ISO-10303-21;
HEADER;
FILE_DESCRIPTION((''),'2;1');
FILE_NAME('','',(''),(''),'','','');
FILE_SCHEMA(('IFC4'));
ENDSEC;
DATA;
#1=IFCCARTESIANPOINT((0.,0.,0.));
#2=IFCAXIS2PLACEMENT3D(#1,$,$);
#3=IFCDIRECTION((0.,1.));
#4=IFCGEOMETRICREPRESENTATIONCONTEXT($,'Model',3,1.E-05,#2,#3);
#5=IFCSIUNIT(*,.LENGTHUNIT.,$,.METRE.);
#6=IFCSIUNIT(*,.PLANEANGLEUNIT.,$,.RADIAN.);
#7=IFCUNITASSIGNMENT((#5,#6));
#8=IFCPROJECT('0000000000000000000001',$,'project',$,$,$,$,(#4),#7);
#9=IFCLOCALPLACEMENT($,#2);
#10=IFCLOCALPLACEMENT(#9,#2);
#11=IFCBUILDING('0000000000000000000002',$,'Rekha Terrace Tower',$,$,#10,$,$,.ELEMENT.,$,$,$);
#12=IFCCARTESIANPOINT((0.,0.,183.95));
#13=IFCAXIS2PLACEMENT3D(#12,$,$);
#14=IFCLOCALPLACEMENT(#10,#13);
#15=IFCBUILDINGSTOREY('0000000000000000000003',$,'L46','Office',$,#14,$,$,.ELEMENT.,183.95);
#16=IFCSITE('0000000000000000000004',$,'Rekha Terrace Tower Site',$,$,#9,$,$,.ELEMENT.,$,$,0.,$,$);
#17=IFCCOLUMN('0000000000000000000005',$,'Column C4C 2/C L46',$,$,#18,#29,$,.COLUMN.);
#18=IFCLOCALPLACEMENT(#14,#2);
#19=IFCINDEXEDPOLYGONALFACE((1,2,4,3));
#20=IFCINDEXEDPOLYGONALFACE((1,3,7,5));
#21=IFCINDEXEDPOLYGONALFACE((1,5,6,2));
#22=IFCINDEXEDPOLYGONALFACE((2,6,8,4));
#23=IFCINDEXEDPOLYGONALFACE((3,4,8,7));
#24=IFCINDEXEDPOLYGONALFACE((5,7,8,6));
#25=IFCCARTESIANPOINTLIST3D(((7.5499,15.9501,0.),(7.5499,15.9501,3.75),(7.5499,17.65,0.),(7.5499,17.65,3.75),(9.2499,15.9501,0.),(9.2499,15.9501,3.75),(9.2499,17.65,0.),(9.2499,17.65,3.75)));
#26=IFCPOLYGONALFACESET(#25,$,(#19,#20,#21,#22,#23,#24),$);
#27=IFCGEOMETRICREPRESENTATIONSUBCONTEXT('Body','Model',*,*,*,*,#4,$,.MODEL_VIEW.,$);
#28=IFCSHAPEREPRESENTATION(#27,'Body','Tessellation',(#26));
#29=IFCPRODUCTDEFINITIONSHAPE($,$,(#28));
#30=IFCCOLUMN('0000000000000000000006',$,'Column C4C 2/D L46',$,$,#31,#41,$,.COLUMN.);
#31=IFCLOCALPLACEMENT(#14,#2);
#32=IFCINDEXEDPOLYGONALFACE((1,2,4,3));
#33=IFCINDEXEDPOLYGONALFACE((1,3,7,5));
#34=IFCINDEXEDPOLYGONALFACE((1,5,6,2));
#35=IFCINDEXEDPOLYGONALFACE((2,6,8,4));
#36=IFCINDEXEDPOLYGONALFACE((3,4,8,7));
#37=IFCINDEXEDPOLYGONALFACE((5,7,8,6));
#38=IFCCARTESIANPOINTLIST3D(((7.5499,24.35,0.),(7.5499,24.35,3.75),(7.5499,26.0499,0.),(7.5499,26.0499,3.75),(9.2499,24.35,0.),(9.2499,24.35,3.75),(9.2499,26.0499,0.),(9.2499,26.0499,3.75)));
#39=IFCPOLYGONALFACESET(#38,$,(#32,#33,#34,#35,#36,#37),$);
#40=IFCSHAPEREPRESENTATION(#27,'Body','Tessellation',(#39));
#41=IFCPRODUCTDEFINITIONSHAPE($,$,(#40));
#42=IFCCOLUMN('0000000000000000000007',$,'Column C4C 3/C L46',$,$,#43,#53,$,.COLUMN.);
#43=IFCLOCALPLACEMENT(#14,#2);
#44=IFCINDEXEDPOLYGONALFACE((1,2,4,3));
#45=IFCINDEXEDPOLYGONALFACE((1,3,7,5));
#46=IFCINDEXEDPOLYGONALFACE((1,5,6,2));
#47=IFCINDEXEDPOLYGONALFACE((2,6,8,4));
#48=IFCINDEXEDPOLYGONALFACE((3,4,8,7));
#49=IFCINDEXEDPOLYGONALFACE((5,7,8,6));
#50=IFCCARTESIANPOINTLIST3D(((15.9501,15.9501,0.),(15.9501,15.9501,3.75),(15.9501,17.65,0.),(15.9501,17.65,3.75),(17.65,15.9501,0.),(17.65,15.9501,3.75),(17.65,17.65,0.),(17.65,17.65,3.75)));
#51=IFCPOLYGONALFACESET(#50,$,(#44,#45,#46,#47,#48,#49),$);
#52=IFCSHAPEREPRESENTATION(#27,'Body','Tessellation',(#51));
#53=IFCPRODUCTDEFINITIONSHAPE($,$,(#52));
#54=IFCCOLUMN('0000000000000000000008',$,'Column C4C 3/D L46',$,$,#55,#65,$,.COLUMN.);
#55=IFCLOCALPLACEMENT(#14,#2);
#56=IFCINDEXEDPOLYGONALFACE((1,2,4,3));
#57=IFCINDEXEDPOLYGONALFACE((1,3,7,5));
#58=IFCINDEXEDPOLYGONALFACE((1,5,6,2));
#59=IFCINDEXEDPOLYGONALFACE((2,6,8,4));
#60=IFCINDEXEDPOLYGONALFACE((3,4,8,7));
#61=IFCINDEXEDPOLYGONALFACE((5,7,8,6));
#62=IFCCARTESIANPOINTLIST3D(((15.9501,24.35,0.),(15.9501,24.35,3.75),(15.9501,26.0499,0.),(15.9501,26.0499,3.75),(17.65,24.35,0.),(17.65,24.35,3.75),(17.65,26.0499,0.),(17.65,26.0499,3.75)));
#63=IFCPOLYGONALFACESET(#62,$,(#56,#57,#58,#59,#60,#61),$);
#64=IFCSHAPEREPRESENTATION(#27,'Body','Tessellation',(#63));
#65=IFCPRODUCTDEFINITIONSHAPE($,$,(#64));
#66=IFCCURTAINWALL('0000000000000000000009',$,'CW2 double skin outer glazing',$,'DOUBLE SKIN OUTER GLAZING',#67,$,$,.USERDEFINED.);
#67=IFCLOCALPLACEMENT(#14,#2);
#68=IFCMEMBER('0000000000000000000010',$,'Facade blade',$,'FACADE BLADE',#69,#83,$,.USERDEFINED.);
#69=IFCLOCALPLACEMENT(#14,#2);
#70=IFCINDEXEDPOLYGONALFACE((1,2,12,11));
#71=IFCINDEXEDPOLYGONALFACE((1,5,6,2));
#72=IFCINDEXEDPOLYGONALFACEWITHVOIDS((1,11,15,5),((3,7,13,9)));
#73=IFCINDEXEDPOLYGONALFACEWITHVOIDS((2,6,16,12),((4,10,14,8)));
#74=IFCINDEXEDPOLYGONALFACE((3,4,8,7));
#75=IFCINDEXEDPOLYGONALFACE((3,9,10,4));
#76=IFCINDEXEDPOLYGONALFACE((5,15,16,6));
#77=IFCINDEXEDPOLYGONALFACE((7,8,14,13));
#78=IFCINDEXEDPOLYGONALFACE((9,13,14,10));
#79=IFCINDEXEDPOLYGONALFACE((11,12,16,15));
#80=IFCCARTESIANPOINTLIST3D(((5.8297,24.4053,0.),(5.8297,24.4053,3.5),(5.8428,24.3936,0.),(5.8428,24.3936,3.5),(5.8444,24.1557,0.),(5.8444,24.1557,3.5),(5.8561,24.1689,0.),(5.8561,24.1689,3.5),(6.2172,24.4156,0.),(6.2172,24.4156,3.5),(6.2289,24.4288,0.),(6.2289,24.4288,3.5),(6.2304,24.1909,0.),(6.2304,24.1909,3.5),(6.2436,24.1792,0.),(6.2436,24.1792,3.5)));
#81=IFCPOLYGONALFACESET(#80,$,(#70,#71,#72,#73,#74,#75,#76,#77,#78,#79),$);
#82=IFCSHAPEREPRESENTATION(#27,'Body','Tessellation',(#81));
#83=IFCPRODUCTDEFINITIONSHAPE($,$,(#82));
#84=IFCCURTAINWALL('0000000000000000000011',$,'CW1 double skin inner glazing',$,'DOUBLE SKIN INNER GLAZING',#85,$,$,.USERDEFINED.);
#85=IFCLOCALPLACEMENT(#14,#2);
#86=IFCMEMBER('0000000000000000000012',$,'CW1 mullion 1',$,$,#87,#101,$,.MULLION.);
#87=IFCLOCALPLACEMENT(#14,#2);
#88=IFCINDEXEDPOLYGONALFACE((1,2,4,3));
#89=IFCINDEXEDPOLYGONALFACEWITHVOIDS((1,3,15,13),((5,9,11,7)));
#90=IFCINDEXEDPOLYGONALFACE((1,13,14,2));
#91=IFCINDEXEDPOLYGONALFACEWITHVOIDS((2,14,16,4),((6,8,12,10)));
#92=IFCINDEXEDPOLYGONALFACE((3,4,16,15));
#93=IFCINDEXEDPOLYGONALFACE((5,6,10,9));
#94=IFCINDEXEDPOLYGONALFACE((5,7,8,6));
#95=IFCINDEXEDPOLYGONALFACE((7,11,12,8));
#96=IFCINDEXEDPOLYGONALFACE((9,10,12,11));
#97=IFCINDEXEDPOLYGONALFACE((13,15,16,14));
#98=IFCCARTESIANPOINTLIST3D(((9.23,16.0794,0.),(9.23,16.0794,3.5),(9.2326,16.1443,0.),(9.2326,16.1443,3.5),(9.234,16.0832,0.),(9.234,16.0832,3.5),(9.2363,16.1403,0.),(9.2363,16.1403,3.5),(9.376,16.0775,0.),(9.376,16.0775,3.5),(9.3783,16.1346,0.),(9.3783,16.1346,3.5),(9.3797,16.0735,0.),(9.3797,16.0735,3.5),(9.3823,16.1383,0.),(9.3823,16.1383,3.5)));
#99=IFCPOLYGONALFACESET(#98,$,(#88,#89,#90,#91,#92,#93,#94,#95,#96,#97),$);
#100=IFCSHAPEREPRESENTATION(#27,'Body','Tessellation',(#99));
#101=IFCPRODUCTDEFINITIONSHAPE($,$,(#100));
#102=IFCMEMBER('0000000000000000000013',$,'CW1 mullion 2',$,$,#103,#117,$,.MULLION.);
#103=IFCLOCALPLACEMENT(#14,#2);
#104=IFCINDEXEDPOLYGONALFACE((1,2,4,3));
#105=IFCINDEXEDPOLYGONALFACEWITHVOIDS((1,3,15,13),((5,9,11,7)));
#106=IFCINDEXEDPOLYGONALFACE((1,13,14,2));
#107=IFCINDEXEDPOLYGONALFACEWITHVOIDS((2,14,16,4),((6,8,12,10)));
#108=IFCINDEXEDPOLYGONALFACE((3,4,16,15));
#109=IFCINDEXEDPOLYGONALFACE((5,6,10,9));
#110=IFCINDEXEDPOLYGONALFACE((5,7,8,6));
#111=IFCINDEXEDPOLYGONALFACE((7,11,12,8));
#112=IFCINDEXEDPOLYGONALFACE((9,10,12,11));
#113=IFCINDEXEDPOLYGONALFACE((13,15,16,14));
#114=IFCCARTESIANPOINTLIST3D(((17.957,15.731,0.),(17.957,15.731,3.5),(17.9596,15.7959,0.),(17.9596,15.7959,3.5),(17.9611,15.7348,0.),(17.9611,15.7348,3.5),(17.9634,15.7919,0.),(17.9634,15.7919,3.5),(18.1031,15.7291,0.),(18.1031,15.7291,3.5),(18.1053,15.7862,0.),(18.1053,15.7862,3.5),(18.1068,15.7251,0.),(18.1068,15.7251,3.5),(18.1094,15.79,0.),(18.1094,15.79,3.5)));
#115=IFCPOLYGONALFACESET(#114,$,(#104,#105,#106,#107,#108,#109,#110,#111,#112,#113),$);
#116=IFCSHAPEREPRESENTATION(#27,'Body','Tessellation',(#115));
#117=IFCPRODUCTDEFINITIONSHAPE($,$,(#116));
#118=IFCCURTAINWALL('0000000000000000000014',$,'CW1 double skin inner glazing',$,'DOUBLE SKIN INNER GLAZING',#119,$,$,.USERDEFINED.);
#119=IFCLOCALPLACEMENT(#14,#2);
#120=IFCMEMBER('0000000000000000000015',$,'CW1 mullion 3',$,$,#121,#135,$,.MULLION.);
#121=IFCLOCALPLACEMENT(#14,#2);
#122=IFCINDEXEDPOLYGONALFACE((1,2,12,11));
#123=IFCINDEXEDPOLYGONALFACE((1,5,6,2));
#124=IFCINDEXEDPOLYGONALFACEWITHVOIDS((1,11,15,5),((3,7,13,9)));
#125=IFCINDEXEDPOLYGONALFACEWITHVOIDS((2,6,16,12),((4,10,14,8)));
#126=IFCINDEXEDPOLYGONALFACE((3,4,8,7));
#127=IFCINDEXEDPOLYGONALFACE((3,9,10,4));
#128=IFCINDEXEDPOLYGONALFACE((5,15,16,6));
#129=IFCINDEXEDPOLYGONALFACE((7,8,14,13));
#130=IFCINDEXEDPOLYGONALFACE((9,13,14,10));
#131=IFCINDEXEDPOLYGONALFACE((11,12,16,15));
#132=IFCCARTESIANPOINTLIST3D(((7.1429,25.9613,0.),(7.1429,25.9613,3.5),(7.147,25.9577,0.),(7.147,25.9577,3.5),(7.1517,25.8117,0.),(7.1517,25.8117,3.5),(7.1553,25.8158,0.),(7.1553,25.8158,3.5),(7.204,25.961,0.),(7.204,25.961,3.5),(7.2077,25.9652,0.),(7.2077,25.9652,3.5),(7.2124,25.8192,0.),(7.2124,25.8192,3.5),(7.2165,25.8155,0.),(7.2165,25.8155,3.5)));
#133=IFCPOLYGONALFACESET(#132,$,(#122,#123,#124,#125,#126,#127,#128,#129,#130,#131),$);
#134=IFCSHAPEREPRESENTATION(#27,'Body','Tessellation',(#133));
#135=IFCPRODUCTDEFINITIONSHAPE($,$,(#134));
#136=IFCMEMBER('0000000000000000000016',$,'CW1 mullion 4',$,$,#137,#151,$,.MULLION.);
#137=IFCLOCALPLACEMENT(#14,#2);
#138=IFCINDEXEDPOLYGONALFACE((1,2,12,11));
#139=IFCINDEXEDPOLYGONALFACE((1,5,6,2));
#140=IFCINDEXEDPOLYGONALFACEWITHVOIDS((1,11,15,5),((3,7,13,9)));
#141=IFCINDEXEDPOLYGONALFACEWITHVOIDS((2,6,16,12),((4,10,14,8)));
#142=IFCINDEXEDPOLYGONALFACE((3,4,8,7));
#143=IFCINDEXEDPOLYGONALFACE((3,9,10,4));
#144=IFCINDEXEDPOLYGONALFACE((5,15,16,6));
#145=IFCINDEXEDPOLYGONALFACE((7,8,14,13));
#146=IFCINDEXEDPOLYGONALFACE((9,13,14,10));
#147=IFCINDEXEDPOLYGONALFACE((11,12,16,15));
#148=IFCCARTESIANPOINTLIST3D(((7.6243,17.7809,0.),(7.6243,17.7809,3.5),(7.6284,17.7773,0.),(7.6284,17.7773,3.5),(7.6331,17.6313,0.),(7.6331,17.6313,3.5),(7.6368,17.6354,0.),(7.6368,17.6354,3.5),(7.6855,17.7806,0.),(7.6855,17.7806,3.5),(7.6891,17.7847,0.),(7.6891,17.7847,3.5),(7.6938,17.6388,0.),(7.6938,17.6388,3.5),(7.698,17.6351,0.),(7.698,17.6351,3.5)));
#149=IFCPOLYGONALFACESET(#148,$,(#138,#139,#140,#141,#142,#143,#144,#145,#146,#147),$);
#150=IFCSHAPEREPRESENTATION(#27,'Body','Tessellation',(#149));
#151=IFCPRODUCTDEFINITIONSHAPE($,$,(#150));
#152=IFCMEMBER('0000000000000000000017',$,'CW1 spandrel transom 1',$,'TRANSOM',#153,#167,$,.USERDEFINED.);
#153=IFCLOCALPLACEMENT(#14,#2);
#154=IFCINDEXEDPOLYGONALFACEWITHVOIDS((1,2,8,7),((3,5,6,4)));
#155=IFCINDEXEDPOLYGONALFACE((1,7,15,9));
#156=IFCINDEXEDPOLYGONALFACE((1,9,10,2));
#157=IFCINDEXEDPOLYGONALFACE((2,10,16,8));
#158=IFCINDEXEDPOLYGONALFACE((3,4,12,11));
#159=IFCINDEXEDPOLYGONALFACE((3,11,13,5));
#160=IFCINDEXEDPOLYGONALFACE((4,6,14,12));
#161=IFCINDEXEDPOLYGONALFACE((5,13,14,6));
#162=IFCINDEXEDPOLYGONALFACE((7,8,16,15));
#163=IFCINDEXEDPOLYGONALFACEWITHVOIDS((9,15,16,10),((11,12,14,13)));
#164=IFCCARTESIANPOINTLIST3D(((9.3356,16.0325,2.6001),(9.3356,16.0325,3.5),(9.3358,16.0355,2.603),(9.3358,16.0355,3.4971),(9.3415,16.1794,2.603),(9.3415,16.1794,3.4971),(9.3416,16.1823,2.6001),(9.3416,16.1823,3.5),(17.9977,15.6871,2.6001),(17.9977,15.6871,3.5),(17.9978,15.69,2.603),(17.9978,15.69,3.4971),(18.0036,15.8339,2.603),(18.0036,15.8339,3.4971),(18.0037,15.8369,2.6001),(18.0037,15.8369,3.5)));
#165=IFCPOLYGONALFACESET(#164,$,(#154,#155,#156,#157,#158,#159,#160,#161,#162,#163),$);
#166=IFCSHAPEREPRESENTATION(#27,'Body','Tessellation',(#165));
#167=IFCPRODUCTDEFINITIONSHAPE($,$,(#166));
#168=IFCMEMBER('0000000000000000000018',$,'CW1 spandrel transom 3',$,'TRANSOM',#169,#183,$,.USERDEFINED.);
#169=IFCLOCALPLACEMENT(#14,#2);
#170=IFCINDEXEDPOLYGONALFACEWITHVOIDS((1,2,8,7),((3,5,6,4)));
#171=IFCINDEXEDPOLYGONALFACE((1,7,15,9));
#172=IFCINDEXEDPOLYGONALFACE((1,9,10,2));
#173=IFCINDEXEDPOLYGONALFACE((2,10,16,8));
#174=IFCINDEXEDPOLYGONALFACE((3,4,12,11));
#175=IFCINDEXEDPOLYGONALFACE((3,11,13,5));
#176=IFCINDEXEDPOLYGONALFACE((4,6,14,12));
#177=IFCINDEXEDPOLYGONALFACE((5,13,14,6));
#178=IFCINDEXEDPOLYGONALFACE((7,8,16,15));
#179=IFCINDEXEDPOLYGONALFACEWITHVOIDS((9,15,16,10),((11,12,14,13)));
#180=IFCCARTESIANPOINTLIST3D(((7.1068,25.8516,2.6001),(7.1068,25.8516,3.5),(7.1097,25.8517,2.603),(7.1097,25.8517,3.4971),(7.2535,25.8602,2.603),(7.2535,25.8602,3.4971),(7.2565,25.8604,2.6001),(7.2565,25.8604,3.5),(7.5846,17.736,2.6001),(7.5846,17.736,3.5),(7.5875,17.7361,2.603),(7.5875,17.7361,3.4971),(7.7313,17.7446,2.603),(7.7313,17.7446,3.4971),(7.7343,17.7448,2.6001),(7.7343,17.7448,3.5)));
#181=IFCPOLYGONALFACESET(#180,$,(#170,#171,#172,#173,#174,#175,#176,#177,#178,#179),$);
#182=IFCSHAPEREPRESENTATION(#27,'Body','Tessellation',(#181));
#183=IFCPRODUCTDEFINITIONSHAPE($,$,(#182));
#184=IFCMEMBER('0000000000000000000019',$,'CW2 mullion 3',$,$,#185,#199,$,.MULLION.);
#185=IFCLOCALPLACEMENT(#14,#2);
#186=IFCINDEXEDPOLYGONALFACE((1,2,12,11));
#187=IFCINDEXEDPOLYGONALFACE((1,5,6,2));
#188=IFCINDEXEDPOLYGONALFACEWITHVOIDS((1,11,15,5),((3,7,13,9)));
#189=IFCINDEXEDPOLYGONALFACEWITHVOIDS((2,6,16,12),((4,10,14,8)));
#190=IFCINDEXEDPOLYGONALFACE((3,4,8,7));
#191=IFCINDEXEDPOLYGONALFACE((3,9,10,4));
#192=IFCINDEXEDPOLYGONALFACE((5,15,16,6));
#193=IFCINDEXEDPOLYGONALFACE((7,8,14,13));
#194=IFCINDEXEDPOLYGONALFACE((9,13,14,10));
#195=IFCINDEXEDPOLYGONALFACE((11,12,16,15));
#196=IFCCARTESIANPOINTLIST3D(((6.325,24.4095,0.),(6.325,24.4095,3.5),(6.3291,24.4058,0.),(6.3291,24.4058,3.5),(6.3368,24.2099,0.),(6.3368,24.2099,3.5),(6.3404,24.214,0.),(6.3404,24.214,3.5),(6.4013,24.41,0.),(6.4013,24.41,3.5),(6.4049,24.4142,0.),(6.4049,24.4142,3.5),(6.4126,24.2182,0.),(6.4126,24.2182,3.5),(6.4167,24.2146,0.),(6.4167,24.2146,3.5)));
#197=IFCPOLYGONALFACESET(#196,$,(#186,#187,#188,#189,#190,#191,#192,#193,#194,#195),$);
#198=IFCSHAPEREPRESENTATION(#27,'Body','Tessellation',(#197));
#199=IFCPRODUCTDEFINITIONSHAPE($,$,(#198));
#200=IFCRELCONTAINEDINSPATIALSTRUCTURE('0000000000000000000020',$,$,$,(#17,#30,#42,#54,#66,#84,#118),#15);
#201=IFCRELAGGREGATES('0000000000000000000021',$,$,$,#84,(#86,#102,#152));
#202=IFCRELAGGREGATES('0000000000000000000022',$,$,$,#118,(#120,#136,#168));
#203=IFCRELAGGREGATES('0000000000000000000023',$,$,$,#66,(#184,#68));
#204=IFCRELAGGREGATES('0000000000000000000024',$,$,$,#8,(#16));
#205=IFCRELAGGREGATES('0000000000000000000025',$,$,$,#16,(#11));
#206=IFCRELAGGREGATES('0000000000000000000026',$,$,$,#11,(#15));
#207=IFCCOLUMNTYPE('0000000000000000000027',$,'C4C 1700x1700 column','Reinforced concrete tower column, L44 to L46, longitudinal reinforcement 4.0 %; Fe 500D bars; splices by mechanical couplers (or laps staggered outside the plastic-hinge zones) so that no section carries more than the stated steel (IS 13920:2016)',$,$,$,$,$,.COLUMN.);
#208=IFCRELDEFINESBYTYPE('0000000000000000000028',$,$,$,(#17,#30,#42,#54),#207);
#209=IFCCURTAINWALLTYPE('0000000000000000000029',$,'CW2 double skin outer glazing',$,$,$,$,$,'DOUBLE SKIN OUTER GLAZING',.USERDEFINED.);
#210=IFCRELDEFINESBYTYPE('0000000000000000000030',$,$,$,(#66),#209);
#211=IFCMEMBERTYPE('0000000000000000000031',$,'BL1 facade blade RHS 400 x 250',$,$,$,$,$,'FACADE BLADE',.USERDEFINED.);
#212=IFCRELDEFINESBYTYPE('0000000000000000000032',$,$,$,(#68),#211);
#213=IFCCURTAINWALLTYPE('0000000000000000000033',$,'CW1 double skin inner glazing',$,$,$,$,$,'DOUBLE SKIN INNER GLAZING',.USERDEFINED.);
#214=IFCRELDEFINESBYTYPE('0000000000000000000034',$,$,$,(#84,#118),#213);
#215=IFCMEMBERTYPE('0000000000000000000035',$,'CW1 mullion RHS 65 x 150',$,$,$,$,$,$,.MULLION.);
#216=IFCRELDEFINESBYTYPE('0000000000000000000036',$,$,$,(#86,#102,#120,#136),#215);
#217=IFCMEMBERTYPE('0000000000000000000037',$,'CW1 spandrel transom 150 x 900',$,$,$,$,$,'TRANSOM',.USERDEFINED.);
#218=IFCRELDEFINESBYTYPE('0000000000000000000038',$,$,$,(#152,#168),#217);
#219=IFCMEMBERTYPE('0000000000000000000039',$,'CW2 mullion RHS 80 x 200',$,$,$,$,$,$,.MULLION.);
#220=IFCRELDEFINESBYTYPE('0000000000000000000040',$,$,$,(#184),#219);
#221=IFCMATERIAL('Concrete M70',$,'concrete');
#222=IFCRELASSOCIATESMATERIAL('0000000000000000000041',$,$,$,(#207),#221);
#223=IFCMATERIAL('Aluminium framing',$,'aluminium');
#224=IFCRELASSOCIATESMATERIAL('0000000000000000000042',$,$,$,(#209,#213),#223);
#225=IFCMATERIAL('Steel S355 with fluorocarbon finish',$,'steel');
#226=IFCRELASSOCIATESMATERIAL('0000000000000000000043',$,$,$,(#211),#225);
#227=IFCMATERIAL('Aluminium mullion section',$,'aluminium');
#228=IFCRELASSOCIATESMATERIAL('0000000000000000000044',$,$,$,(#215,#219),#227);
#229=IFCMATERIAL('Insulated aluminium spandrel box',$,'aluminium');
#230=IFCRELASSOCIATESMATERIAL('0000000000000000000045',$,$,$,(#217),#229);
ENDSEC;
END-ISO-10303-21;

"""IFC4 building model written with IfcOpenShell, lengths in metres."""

from ifc_helpers import new_model, si_unit, direction, frame, origin, origin_2d, place, context, subcontext, project, spatial, rectangle, hollow_rectangle, extrude, material, material_profile, profile_set, type_object, element, aggregate, save


model = new_model("IFC4")

# Units and contexts
model_context = context("Model", 3, precision=1e-05, world=origin(), true_north=direction((0.0, 1.0)))
body_context = subcontext(model_context, "Body", "Model", "MODEL_VIEW")
ifc_project = project(units=[si_unit("LENGTHUNIT", "METRE"), si_unit("PLANEANGLEUNIT", "RADIAN")], contexts=[model_context])

# Site, building, storey
site_placement = place(None, origin())
site = spatial("IfcSite", under=ifc_project, at=site_placement, Name="Rekha Terrace Tower Site", CompositionType="ELEMENT", RefElevation=0.0)
building_placement = place(site_placement, origin())
building = spatial("IfcBuilding", under=site, at=building_placement, Name="Rekha Terrace Tower", CompositionType="ELEMENT")
storey_placement = place(building_placement, frame((0.0, 0.0, 183.95)))
storey = spatial("IfcBuildingStorey", under=building, at=storey_placement, Name="L46", Description="Office", CompositionType="ELEMENT", Elevation=183.95)

# Columns
ifc_material_1 = material(Name="Concrete M70", Category="concrete")
ifc_material_profile_1 = material_profile(ifc_material_1, rectangle(XDim=1.7, YDim=1.7, at=origin_2d()), Name="RC 1700x1700")
ifc_profile_set_1 = profile_set([ifc_material_profile_1], Name="Concrete M70")
column_type = type_object("IfcColumnType", Name="C4C 1700x1700 column", Description="Reinforced concrete tower column, L44 to L46, longitudinal reinforcement 4.0 %; Fe 500D bars; splices by mechanical couplers (or laps staggered outside the plastic-hinge zones) so that no section carries more than the stated steel (IS 13920:2016)", PredefinedType="COLUMN", material=ifc_profile_set_1)
for number, where, z_axis, x_axis, name in (
    (1, (8.3999, 16.8, 0.0), (0.0, 0.0, 1.0), (1.0, 0.0, 0.0), "Column C4C 2/C L46"),
    (2, (8.3999, 25.2, 0.0), (0.0, 0.0, 1.0), (1.0, 0.0, 0.0), "Column C4C 2/D L46"),
    (3, (16.8, 16.8, 0.0), (0.0, 0.0, 1.0), (1.0, 0.0, 0.0), "Column C4C 3/C L46"),
    (4, (16.8, 25.2, 0.0), (0.0, 0.0, 1.0), (1.0, 0.0, 0.0), "Column C4C 3/D L46"),
):
    element("IfcColumn", number, at=place(storey_placement, frame(where, z_axis=z_axis, x_axis=x_axis)), inside=storey, type_object=column_type, Name=name, PredefinedType="COLUMN", context=body_context, shape_type="SweptSolid", body=[
        extrude(rectangle(XDim=1.7, YDim=1.7, at=origin_2d()), origin(), (0.0, 0.0, 1.0), 3.75),
    ])

# Curtain wall, member
ifc_material_2 = material(Name="Aluminium framing", Category="aluminium")
curtain_wall_type_1 = type_object("IfcCurtainWallType", Name="CW2 double skin outer glazing", ElementType="DOUBLE SKIN OUTER GLAZING", PredefinedType="USERDEFINED", material=ifc_material_2)
curtain_wall_1_placement = place(storey_placement, origin())
curtain_wall_1 = element("IfcCurtainWall", 5, at=curtain_wall_1_placement, inside=storey, type_object=curtain_wall_type_1, Name="CW2 double skin outer glazing", ObjectType="DOUBLE SKIN OUTER GLAZING", PredefinedType="USERDEFINED")
ifc_material_3 = material(Name="Steel S355 with fluorocarbon finish", Category="steel")
ifc_material_profile_2 = material_profile(ifc_material_3, hollow_rectangle(XDim=0.25, YDim=0.3999, WallThickness=0.0125, at=origin_2d()), Name="RHS400x250x12.5")
ifc_profile_set_2 = profile_set([ifc_material_profile_2], Name="Steel S355 with fluorocarbon finish")
member_type_1 = type_object("IfcMemberType", Name="BL1 facade blade RHS 400 x 250", ElementType="FACADE BLADE", PredefinedType="USERDEFINED", material=ifc_profile_set_2)
member_1_placement = place(storey_placement, frame((6.0366, 24.2922, 0.0), z_axis=(0.0, 0.0, 1.0), x_axis=(0.058765, -0.998272, 0.0)))
member_1 = element("IfcMember", 6, at=member_1_placement, type_object=member_type_1, Name="Facade blade", ObjectType="FACADE BLADE", PredefinedType="USERDEFINED", context=body_context, shape_type="SweptSolid", body=[
    extrude(hollow_rectangle(XDim=0.25, YDim=0.3999, WallThickness=0.0125, at=origin_2d()), origin(), (0.0, 0.0, 1.0), 3.5),
])

# Curtain walls, members
curtain_wall_type_2 = type_object("IfcCurtainWallType", Name="CW1 double skin inner glazing", ElementType="DOUBLE SKIN INNER GLAZING", PredefinedType="USERDEFINED", material=ifc_material_2)
curtain_wall_2_placement = place(storey_placement, origin())
curtain_wall_2 = element("IfcCurtainWall", 7, at=curtain_wall_2_placement, inside=storey, type_object=curtain_wall_type_2, Name="CW1 double skin inner glazing", ObjectType="DOUBLE SKIN INNER GLAZING", PredefinedType="USERDEFINED")
ifc_material_4 = material(Name="Aluminium mullion section", Category="aluminium")
ifc_material_profile_3 = material_profile(ifc_material_4, hollow_rectangle(XDim=0.0649, YDim=0.1499, WallThickness=0.0039, at=origin_2d()), Name="AL RHS 65x150")
ifc_profile_set_3 = profile_set([ifc_material_profile_3], Name="Aluminium mullion section")
member_type_2 = type_object("IfcMemberType", Name="CW1 mullion RHS 65 x 150", PredefinedType="MULLION", material=ifc_profile_set_3)
member_2_placement = place(storey_placement, frame((9.3062, 16.1089, 0.0), z_axis=(0.0, 0.0, 1.0), x_axis=(0.039872, 0.999205, 0.0)))
member_2 = element("IfcMember", 8, at=member_2_placement, type_object=member_type_2, Name="CW1 mullion 1", PredefinedType="MULLION", context=body_context, shape_type="SweptSolid", body=[
    extrude(hollow_rectangle(XDim=0.0649, YDim=0.1499, WallThickness=0.0039, at=origin_2d()), origin(), (0.0, 0.0, 1.0), 3.5),
])
member_3_placement = place(storey_placement, frame((18.0332, 15.7605, 0.0), z_axis=(0.0, 0.0, 1.0), x_axis=(0.039872, 0.999205, 0.0)))
member_3 = element("IfcMember", 9, at=member_3_placement, type_object=member_type_2, Name="CW1 mullion 2", PredefinedType="MULLION", context=body_context, shape_type="SweptSolid", body=[
    extrude(hollow_rectangle(XDim=0.0649, YDim=0.1499, WallThickness=0.0039, at=origin_2d()), origin(), (0.0, 0.0, 1.0), 3.5),
])
curtain_wall_3_placement = place(storey_placement, origin())
curtain_wall_3 = element("IfcCurtainWall", 10, at=curtain_wall_3_placement, inside=storey, type_object=curtain_wall_type_2, Name="CW1 double skin inner glazing", ObjectType="DOUBLE SKIN INNER GLAZING", PredefinedType="USERDEFINED")
member_4_placement = place(storey_placement, frame((7.1797, 25.8884, 0.0), z_axis=(0.0, 0.0, 1.0), x_axis=(0.998272, 0.058765, 0.0)))
member_4 = element("IfcMember", 11, at=member_4_placement, type_object=member_type_2, Name="CW1 mullion 3", PredefinedType="MULLION", context=body_context, shape_type="SweptSolid", body=[
    extrude(hollow_rectangle(XDim=0.0649, YDim=0.1499, WallThickness=0.0039, at=origin_2d()), origin(), (0.0, 0.0, 1.0), 3.5),
])
member_5_placement = place(storey_placement, frame((7.6611, 17.708, 0.0), z_axis=(0.0, 0.0, 1.0), x_axis=(0.998272, 0.058765, 0.0)))
member_5 = element("IfcMember", 12, at=member_5_placement, type_object=member_type_2, Name="CW1 mullion 4", PredefinedType="MULLION", context=body_context, shape_type="SweptSolid", body=[
    extrude(hollow_rectangle(XDim=0.0649, YDim=0.1499, WallThickness=0.0039, at=origin_2d()), origin(), (0.0, 0.0, 1.0), 3.5),
])

# Members
ifc_material_5 = material(Name="Insulated aluminium spandrel box", Category="aluminium")
ifc_material_profile_4 = material_profile(ifc_material_5, hollow_rectangle(XDim=0.1499, YDim=0.8999, WallThickness=0.0029, at=origin_2d()), Name="AL SPANDREL BOX 150x900")
ifc_profile_set_4 = profile_set([ifc_material_profile_4], Name="Insulated aluminium spandrel box")
member_type_3 = type_object("IfcMemberType", Name="CW1 spandrel transom 150 x 900", ElementType="TRANSOM", PredefinedType="USERDEFINED", material=ifc_profile_set_4)
member_6_placement = place(storey_placement, frame((9.3386, 16.1074, 3.05), z_axis=(0.999206, -0.03985, 0.0), x_axis=(0.03985, 0.999206, 0.0)))
member_6 = element("IfcMember", 13, at=member_6_placement, type_object=member_type_3, Name="CW1 spandrel transom 1", ObjectType="TRANSOM", PredefinedType="USERDEFINED", context=body_context, shape_type="SweptSolid", body=[
    extrude(hollow_rectangle(XDim=0.1499, YDim=0.8999, WallThickness=0.0029, at=origin_2d()), origin(), (0.0, 0.0, 1.0), 8.6689),
])
member_7_placement = place(storey_placement, frame((7.1816, 25.856, 3.05), z_axis=(0.058771, -0.998271, 0.0), x_axis=(0.998271, 0.058771, 0.0)))
member_7 = element("IfcMember", 14, at=member_7_placement, type_object=member_type_3, Name="CW1 spandrel transom 3", ObjectType="TRANSOM", PredefinedType="USERDEFINED", context=body_context, shape_type="SweptSolid", body=[
    extrude(hollow_rectangle(XDim=0.1499, YDim=0.8999, WallThickness=0.0029, at=origin_2d()), origin(), (0.0, 0.0, 1.0), 8.1296),
])
ifc_material_profile_5 = material_profile(ifc_material_4, hollow_rectangle(XDim=0.0801, YDim=0.2, WallThickness=0.0039, at=origin_2d()), Name="AL RHS 80x200")
ifc_profile_set_5 = profile_set([ifc_material_profile_5], Name="Aluminium mullion section")
member_type_4 = type_object("IfcMemberType", Name="CW2 mullion RHS 80 x 200", PredefinedType="MULLION", material=ifc_profile_set_5)
member_8_placement = place(storey_placement, frame((6.3708, 24.312, 0.0), z_axis=(0.0, 0.0, 1.0), x_axis=(0.998272, 0.058765, 0.0)))
member_8 = element("IfcMember", 15, at=member_8_placement, type_object=member_type_4, Name="CW2 mullion 3", PredefinedType="MULLION", context=body_context, shape_type="SweptSolid", body=[
    extrude(hollow_rectangle(XDim=0.0801, YDim=0.2, WallThickness=0.0039, at=origin_2d()), origin(), (0.0, 0.0, 1.0), 3.5),
])

aggregate(curtain_wall_2, [member_2, member_3, member_6])
aggregate(curtain_wall_3, [member_4, member_5, member_7])
aggregate(curtain_wall_1, [member_8, member_1])

save(model, "model.ifc")
